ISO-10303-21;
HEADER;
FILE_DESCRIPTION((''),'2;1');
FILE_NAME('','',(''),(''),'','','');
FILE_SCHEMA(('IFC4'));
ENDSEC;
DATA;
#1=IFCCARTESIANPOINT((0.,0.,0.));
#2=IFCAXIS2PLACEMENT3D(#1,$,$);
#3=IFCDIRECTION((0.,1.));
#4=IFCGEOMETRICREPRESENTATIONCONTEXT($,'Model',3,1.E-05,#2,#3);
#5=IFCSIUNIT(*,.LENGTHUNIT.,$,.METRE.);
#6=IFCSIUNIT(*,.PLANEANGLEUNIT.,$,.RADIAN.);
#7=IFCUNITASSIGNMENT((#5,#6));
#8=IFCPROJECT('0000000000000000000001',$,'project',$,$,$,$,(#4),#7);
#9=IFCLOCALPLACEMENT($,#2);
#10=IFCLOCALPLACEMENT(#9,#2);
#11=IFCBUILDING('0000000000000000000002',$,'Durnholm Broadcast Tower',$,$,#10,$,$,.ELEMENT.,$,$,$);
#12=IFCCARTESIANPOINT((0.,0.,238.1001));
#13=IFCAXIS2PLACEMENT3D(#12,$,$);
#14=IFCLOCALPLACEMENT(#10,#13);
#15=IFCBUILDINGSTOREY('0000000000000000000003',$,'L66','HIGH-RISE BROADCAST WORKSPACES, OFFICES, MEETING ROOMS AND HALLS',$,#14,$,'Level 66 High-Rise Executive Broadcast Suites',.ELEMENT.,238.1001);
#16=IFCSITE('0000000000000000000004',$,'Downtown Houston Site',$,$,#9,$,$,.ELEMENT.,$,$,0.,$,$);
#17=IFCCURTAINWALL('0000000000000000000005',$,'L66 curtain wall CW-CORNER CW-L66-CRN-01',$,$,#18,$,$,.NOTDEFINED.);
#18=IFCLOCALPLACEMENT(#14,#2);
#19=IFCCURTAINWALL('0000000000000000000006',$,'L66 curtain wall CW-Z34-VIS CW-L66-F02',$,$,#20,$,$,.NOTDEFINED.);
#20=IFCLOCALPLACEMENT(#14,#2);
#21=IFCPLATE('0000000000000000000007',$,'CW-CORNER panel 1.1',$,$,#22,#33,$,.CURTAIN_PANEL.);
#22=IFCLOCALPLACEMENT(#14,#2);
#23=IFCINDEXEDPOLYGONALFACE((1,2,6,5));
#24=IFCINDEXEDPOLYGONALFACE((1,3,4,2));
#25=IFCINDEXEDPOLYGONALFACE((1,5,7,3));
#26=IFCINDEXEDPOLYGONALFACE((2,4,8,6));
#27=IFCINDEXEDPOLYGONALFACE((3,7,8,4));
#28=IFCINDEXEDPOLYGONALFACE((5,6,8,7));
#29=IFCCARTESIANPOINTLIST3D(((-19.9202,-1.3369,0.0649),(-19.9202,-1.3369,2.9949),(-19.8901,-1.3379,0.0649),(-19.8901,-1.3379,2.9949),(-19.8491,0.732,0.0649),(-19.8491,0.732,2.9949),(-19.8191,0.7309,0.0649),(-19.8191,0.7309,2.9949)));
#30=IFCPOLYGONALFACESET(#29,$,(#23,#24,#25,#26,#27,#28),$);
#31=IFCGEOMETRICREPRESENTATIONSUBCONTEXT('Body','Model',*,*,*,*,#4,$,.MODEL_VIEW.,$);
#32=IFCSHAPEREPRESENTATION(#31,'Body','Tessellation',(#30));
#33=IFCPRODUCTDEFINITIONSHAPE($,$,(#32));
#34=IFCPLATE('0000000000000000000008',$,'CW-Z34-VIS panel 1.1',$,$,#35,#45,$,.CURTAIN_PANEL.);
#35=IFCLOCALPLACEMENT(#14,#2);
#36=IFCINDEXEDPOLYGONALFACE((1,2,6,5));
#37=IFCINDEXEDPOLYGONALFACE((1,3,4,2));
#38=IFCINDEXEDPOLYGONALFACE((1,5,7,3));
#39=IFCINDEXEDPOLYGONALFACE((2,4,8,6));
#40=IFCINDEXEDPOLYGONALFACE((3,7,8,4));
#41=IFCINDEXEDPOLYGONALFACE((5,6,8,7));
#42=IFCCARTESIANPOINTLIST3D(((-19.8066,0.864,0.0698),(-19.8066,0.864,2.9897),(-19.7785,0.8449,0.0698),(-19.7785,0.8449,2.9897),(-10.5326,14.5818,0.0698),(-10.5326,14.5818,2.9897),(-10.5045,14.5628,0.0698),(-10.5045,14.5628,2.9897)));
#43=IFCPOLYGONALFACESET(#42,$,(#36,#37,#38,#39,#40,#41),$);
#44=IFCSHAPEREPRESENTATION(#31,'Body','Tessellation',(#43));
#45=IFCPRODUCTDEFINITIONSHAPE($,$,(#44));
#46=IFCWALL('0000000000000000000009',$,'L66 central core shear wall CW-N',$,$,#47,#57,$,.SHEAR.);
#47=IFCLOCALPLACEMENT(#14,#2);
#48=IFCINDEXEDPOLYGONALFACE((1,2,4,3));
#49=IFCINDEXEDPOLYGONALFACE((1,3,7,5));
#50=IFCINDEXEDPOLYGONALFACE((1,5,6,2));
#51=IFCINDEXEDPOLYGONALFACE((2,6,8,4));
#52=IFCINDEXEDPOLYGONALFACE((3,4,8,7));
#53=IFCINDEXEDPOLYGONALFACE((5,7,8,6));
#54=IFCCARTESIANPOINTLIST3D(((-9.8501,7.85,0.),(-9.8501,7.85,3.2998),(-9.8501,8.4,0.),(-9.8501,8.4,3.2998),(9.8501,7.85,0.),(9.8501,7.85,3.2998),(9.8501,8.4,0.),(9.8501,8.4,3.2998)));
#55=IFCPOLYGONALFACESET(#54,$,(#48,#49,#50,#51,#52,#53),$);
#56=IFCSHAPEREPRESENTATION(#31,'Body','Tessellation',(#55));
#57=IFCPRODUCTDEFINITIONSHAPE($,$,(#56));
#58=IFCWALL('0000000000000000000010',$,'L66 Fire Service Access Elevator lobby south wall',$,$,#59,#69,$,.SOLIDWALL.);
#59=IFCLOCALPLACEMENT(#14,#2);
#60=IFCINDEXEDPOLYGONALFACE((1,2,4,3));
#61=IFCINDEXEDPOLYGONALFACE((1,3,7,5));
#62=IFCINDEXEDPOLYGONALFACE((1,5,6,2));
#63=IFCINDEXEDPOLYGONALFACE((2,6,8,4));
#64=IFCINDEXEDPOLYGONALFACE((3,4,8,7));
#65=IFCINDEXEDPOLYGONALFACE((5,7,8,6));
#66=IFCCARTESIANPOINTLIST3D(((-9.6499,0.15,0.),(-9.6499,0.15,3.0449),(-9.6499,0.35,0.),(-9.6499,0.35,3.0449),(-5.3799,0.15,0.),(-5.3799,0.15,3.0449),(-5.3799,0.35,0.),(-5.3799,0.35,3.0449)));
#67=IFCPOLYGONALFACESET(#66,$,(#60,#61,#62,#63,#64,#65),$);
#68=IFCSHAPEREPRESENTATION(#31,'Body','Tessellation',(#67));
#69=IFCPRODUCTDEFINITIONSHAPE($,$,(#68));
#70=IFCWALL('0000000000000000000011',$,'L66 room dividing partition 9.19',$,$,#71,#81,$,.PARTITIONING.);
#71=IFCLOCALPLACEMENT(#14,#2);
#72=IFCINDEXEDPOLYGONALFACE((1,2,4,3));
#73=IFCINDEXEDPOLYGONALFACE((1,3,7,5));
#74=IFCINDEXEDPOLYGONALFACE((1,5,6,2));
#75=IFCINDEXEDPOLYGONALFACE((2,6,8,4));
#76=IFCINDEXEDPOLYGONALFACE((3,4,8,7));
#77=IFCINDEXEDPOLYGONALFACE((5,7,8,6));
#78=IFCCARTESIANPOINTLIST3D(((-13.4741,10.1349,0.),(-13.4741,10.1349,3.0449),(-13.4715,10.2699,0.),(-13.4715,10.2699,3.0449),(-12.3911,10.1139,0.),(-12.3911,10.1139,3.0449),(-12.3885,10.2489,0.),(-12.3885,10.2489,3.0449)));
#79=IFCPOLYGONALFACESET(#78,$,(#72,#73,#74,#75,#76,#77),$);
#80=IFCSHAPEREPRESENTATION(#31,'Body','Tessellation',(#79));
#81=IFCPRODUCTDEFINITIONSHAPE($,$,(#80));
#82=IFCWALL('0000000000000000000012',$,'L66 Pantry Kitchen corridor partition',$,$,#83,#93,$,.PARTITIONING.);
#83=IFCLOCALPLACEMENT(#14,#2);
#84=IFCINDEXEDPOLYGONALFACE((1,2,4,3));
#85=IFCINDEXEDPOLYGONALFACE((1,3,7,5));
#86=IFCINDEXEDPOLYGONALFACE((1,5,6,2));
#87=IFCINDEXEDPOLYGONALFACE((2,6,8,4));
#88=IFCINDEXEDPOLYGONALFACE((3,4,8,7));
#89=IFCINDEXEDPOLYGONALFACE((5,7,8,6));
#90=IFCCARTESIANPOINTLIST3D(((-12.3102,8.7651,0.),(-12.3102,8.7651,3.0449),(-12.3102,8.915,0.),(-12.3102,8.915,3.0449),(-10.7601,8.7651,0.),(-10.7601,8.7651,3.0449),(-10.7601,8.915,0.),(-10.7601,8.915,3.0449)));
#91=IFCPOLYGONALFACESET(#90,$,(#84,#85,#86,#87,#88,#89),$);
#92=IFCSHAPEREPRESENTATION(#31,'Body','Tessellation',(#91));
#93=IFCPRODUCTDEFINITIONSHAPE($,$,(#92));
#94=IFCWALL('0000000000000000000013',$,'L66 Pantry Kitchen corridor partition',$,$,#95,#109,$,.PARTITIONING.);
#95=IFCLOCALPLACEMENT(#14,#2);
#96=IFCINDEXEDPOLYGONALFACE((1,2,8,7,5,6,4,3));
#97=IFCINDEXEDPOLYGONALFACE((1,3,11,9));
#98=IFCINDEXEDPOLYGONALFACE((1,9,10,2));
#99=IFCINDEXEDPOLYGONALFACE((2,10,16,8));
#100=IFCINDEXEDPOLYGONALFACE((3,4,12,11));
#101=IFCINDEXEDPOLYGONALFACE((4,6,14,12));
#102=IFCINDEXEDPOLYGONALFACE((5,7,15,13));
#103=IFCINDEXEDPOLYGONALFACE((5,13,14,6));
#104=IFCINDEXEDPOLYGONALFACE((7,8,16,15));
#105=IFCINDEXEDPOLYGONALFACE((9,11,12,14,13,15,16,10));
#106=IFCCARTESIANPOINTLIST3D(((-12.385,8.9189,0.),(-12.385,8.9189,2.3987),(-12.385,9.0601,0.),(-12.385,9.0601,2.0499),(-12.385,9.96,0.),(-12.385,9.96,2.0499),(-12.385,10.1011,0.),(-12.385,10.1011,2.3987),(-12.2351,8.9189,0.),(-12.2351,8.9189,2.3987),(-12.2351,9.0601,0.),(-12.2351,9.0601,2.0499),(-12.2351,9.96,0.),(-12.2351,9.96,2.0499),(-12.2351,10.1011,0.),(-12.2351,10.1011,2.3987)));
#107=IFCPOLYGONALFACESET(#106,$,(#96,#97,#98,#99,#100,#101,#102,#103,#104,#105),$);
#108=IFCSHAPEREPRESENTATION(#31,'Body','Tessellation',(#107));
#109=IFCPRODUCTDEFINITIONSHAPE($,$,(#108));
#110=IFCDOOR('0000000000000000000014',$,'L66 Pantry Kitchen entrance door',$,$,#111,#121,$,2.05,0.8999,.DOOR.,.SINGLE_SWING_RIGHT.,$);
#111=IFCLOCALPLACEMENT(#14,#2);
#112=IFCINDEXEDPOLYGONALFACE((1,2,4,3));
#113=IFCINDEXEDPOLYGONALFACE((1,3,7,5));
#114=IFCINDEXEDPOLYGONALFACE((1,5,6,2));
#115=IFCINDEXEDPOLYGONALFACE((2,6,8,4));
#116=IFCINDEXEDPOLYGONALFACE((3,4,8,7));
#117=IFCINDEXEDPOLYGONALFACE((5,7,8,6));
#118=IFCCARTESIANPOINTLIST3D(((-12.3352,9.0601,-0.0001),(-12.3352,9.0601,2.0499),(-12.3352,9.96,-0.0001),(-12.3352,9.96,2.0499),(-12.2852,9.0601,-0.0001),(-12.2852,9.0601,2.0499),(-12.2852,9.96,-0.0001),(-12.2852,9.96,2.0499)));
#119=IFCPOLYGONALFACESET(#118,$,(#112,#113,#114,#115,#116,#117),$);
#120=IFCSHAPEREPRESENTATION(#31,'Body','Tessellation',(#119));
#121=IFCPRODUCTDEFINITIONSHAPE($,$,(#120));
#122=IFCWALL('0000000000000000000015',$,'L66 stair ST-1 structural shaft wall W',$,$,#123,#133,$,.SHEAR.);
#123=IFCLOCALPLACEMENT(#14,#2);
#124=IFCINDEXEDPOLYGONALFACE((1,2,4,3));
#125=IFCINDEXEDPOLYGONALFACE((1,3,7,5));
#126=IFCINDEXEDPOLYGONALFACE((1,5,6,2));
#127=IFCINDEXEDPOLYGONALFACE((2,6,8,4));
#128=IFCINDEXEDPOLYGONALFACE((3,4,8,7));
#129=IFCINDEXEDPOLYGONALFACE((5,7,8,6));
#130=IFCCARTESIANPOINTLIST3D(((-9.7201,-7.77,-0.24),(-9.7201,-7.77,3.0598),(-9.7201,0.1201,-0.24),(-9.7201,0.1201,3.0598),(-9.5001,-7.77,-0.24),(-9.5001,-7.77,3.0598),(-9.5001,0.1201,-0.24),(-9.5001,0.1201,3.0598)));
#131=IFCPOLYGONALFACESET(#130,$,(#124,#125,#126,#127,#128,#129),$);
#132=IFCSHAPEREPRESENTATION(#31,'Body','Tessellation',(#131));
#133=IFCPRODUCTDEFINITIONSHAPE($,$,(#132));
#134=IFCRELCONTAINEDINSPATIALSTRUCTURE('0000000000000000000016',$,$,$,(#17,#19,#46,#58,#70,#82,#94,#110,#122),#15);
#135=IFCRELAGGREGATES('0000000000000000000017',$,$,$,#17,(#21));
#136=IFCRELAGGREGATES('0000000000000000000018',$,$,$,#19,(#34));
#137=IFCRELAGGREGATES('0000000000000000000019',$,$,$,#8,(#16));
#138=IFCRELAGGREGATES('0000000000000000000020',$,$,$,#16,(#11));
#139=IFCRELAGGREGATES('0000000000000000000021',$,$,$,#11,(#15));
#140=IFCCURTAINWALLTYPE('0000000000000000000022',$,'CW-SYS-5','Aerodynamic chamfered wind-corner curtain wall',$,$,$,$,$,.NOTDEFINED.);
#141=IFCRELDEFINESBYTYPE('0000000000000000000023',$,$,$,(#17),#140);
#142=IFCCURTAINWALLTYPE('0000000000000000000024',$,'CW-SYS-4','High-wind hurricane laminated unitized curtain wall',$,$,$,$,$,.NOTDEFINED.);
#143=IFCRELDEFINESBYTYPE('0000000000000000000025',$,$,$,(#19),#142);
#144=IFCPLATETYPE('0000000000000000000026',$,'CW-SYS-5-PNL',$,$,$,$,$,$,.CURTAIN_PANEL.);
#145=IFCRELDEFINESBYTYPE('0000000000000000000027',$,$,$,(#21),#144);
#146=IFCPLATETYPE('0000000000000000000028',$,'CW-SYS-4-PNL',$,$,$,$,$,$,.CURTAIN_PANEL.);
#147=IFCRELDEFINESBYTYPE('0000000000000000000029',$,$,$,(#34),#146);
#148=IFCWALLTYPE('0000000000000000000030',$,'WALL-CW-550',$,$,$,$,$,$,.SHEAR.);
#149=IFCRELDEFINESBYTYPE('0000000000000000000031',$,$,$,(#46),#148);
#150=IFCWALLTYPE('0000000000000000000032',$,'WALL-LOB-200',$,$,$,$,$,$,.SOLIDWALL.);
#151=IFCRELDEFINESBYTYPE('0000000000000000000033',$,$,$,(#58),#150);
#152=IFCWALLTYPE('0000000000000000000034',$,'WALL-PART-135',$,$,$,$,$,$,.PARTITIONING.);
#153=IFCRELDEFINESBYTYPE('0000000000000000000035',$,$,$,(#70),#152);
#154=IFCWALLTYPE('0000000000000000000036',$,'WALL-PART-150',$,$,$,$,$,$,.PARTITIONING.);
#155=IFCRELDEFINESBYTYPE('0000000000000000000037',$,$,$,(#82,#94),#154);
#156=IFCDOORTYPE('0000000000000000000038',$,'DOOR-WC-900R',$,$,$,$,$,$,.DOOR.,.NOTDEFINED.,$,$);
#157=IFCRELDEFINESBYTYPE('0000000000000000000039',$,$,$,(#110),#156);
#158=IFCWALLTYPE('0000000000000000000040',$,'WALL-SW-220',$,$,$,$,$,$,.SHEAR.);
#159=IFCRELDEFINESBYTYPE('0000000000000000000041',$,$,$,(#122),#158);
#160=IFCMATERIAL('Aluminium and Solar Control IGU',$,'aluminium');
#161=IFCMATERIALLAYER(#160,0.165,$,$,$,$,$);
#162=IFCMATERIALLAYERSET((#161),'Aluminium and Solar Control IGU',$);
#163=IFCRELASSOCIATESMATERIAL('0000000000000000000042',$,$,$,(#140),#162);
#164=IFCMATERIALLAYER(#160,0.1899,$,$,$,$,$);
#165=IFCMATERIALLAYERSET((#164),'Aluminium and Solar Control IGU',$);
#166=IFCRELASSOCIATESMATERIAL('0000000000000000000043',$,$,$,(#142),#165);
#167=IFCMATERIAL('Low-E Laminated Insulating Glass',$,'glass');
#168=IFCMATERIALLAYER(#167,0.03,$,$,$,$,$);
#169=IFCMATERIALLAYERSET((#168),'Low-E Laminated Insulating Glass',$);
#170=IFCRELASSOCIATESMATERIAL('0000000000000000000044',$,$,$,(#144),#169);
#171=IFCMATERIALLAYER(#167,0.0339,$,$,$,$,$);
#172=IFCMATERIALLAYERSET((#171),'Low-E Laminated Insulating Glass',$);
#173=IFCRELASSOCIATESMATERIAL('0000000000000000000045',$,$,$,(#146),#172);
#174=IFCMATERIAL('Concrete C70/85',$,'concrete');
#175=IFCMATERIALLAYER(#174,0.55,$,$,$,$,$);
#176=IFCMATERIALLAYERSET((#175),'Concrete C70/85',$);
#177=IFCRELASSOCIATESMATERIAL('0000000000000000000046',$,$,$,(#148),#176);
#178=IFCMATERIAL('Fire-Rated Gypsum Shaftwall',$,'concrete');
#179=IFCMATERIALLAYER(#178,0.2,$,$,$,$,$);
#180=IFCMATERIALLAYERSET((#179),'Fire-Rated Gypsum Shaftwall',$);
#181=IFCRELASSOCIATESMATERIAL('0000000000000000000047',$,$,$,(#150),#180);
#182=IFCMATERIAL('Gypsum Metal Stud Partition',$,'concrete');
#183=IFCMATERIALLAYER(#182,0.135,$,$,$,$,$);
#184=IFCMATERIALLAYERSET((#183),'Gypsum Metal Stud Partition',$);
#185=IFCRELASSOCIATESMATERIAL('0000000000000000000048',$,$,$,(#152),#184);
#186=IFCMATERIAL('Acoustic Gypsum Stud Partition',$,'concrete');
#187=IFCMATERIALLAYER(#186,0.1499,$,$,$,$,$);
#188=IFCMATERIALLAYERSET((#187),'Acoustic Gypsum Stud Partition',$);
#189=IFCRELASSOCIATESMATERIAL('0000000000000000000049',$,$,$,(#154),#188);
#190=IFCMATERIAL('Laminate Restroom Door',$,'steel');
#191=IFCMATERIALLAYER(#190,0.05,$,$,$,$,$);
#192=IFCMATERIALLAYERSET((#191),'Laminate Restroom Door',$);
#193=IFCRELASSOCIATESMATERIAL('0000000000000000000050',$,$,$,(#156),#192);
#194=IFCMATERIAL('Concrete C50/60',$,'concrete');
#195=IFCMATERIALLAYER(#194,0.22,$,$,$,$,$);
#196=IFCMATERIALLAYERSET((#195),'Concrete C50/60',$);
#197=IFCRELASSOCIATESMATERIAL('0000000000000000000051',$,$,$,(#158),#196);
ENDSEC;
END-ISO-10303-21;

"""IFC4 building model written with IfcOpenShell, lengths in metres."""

from ifc_helpers import new_model, si_unit, direction, frame, frame_2d, origin, origin_2d, place, context, subcontext, project, spatial, rectangle, extrude, source, transform, mapped, material, layer, layer_set, type_object, type_shapes, element, fill, aggregate, save


model = new_model("IFC4")

# Units and contexts
model_context = context("Model", 3, precision=1e-05, world=origin(), true_north=direction((0.0, 1.0)))
body_context = subcontext(model_context, "Body", "Model", "MODEL_VIEW")
ifc_project = project(units=[si_unit("LENGTHUNIT", "METRE"), si_unit("PLANEANGLEUNIT", "RADIAN")], contexts=[model_context])

# Site, building, storey
site_placement = place(None, origin())
site = spatial("IfcSite", under=ifc_project, at=site_placement, Name="Downtown Houston Site", CompositionType="ELEMENT", RefElevation=0.0)
building_placement = place(site_placement, origin())
building = spatial("IfcBuilding", under=site, at=building_placement, Name="Durnholm Broadcast Tower", CompositionType="ELEMENT")
storey_placement = place(building_placement, frame((0.0, 0.0, 238.1001)))
storey = spatial("IfcBuildingStorey", under=building, at=storey_placement, Name="L66", Description="HIGH-RISE BROADCAST WORKSPACES, OFFICES, MEETING ROOMS AND HALLS", LongName="Level 66 High-Rise Executive Broadcast Suites", CompositionType="ELEMENT", Elevation=238.1001)

# Shared definitions
ifc_material_1 = material(Name="Concrete C70/85", Category="concrete")

# Shared definitions
ifc_material_2 = material(Name="Aluminium and Solar Control IGU", Category="aluminium")
ifc_layer_1 = layer(ifc_material_2, 0.165)
ifc_layer_set_1 = layer_set([ifc_layer_1], Name="Aluminium and Solar Control IGU")
curtain_wall_type_1 = type_object("IfcCurtainWallType", Name="CW-SYS-5", Description="Aerodynamic chamfered wind-corner curtain wall", PredefinedType="NOTDEFINED", material=ifc_layer_set_1)

# Curtain wall
curtain_wall_1_placement = place(storey_placement, origin())
curtain_wall_1 = element("IfcCurtainWall", 1, at=curtain_wall_1_placement, inside=storey, type_object=curtain_wall_type_1, Name="L66 curtain wall CW-CORNER CW-L66-CRN-01", PredefinedType="NOTDEFINED")

# Curtain wall
ifc_layer_2 = layer(ifc_material_2, 0.1899)
ifc_layer_set_2 = layer_set([ifc_layer_2], Name="Aluminium and Solar Control IGU")
curtain_wall_type_2 = type_object("IfcCurtainWallType", Name="CW-SYS-4", Description="High-wind hurricane laminated unitized curtain wall", PredefinedType="NOTDEFINED", material=ifc_layer_set_2)
curtain_wall_2_placement = place(storey_placement, origin())
curtain_wall_2 = element("IfcCurtainWall", 2, at=curtain_wall_2_placement, inside=storey, type_object=curtain_wall_type_2, Name="L66 curtain wall CW-Z34-VIS CW-L66-F02", PredefinedType="NOTDEFINED")

# Plates
ifc_material_3 = material(Name="Low-E Laminated Insulating Glass", Category="glass")
ifc_layer_3 = layer(ifc_material_3, 0.03)
ifc_layer_set_3 = layer_set([ifc_layer_3], Name="Low-E Laminated Insulating Glass")
plate_type_1 = type_object("IfcPlateType", Name="CW-SYS-5-PNL", PredefinedType="CURTAIN_PANEL", material=ifc_layer_set_3)
shared_shape_1 = source(origin(), body_context, "Body", "SweptSolid", [
    extrude(rectangle(XDim=2.0701, YDim=0.03, at=origin_2d()), origin(), (0.0, 0.0, 1.0), 2.9299),
])
type_shapes(plate_type_1, [shared_shape_1])
plate_1_placement = place(storey_placement, frame((-19.8696, -0.303, 0.0649), z_axis=(0.0, 0.0, 1.0), x_axis=(0.034318, 0.999411, 0.0)))
plate_1 = element("IfcPlate", 3, at=plate_1_placement, type_object=plate_type_1, Name="CW-CORNER panel 1.1", PredefinedType="CURTAIN_PANEL", context=body_context, shape_type="MappedRepresentation", body=[
    mapped(shared_shape_1, transform((0.0, 0.0, 0.0), x_axis=(1.0, 0.0, 0.0), y_axis=(0.0, 1.0, 0.0), z_axis=(0.0, 0.0, 1.0), scale=1.0)),
])
aggregate(curtain_wall_1, [plate_1])
ifc_layer_4 = layer(ifc_material_3, 0.0339)
ifc_layer_set_4 = layer_set([ifc_layer_4], Name="Low-E Laminated Insulating Glass")
plate_type_2 = type_object("IfcPlateType", Name="CW-SYS-4-PNL", PredefinedType="CURTAIN_PANEL", material=ifc_layer_set_4)
shared_shape_2 = source(origin(), body_context, "Body", "SweptSolid", [
    extrude(rectangle(XDim=16.5586, YDim=0.0339, at=origin_2d()), origin(), (0.0, 0.0, 1.0), 2.9199),
])
type_shapes(plate_type_2, [shared_shape_2])
plate_2_placement = place(storey_placement, frame((-15.1555, 7.7134, 0.0698), z_axis=(0.0, 0.0, 1.0), x_axis=(0.560073, 0.828443, 0.0)))
plate_2 = element("IfcPlate", 4, at=plate_2_placement, type_object=plate_type_2, Name="CW-Z34-VIS panel 1.1", PredefinedType="CURTAIN_PANEL", context=body_context, shape_type="MappedRepresentation", body=[
    mapped(shared_shape_2, transform((0.0, 0.0, 0.0), x_axis=(1.0, 0.0, 0.0), y_axis=(0.0, 1.0, 0.0), z_axis=(0.0, 0.0, 1.0), scale=1.0)),
])
aggregate(curtain_wall_2, [plate_2])

# Walls
ifc_layer_5 = layer(ifc_material_1, 0.55)
ifc_layer_set_5 = layer_set([ifc_layer_5], Name="Concrete C70/85")
wall_type_1 = type_object("IfcWallType", Name="WALL-CW-550", PredefinedType="SHEAR", material=ifc_layer_set_5)
wall_1_placement = place(storey_placement, frame((-9.8501, 8.125, 0.0), z_axis=(0.0, 0.0, 1.0), x_axis=(1.0, 0.0, 0.0)))
element("IfcWall", 5, at=wall_1_placement, inside=storey, type_object=wall_type_1, Name="L66 central core shear wall CW-N", PredefinedType="SHEAR", context=body_context, shape_type="SweptSolid", body=[
    extrude(rectangle(XDim=19.7002, YDim=0.55, at=frame_2d((9.8501, 0.0))), origin(), (0.0, 0.0, 1.0), 3.2998),
])
ifc_material_4 = material(Name="Fire-Rated Gypsum Shaftwall", Category="concrete")
ifc_layer_6 = layer(ifc_material_4, 0.2)
ifc_layer_set_6 = layer_set([ifc_layer_6], Name="Fire-Rated Gypsum Shaftwall")
wall_type_2 = type_object("IfcWallType", Name="WALL-LOB-200", PredefinedType="SOLIDWALL", material=ifc_layer_set_6)
wall_2_placement = place(storey_placement, frame((-9.6499, 0.25, 0.0), z_axis=(0.0, 0.0, 1.0), x_axis=(1.0, 0.0, 0.0)))
element("IfcWall", 6, at=wall_2_placement, inside=storey, type_object=wall_type_2, Name="L66 Fire Service Access Elevator lobby south wall", PredefinedType="SOLIDWALL", context=body_context, shape_type="SweptSolid", body=[
    extrude(rectangle(XDim=4.27, YDim=0.2, at=frame_2d((2.135, 0.0))), origin(), (0.0, 0.0, 1.0), 3.0449),
])
ifc_material_5 = material(Name="Gypsum Metal Stud Partition", Category="concrete")
ifc_layer_7 = layer(ifc_material_5, 0.135)
ifc_layer_set_7 = layer_set([ifc_layer_7], Name="Gypsum Metal Stud Partition")
wall_type_3 = type_object("IfcWallType", Name="WALL-PART-135", PredefinedType="PARTITIONING", material=ifc_layer_set_7)
wall_3_placement = place(storey_placement, frame((-12.3899, 10.1814, 0.0), z_axis=(0.0, 0.0, 1.0), x_axis=(-0.999812, 0.019383, 0.0)))
element("IfcWall", 7, at=wall_3_placement, inside=storey, type_object=wall_type_3, Name="L66 room dividing partition 9.19", PredefinedType="PARTITIONING", context=body_context, shape_type="SweptSolid", body=[
    extrude(rectangle(XDim=1.0833, YDim=0.135, at=frame_2d((0.5415, 0.0))), origin(), (0.0, 0.0, 1.0), 3.0449),
])
ifc_material_6 = material(Name="Acoustic Gypsum Stud Partition", Category="concrete")
ifc_layer_8 = layer(ifc_material_6, 0.1499)
ifc_layer_set_8 = layer_set([ifc_layer_8], Name="Acoustic Gypsum Stud Partition")
wall_type_4 = type_object("IfcWallType", Name="WALL-PART-150", PredefinedType="PARTITIONING", material=ifc_layer_set_8)
wall_4_placement = place(storey_placement, frame((-12.3101, 8.8401, 0.0), z_axis=(0.0, 0.0, 1.0), x_axis=(1.0, 0.0, 0.0)))
element("IfcWall", 8, at=wall_4_placement, inside=storey, type_object=wall_type_4, Name="L66 Pantry Kitchen corridor partition", PredefinedType="PARTITIONING", context=body_context, shape_type="SweptSolid", body=[
    extrude(rectangle(XDim=1.55, YDim=0.1499, at=frame_2d((0.7749, 0.0))), origin(), (0.0, 0.0, 1.0), 3.0449),
])

# Wall, opening, door
wall_5_placement = place(storey_placement, frame((-12.3101, 10.1011, 0.0), z_axis=(0.0, 0.0, 1.0), x_axis=(0.0, -1.0, 0.0)))
wall_5 = element("IfcWall", 9, at=wall_5_placement, inside=storey, type_object=wall_type_4, Name="L66 Pantry Kitchen corridor partition", PredefinedType="PARTITIONING", context=body_context, shape_type="SweptSolid", body=[
    extrude(rectangle(XDim=1.1821, YDim=0.1499, at=frame_2d((0.5911, 0.0))), origin(), (0.0, 0.0, 1.0), 2.3987),
])
opening_1_placement = place(wall_5_placement, frame((0.1411, 0.0, 0.0)))
opening_1 = element("IfcOpeningElement", 10, at=opening_1_placement, cuts=wall_5, PredefinedType="OPENING", context=body_context, shape_type="SweptSolid", body=[
    extrude(rectangle(XDim=0.8999, YDim=2.05, at=frame_2d((0.45, 1.0249))), frame((0.0, 0.085, 0.0), z_axis=(0.0, -1.0, 0.0), x_axis=(1.0, 0.0, 0.0)), (0.0, 0.0, 1.0), 0.1699),
])
ifc_material_7 = material(Name="Laminate Restroom Door", Category="steel")
ifc_layer_9 = layer(ifc_material_7, 0.05)
ifc_layer_set_9 = layer_set([ifc_layer_9], Name="Laminate Restroom Door")
door_type_1 = type_object("IfcDoorType", Name="DOOR-WC-900R", OperationType="NOTDEFINED", PredefinedType="DOOR", material=ifc_layer_set_9)
shared_shape_3 = source(origin(), body_context, "Body", "SweptSolid", [
    extrude(rectangle(XDim=0.8999, YDim=2.05, at=frame_2d((0.45, 1.0249))), frame((0.0, 0.0249, 0.0), z_axis=(0.0, -1.0, 0.0), x_axis=(1.0, 0.0, 0.0)), (0.0, 0.0, 1.0), 0.05),
])
type_shapes(door_type_1, [shared_shape_3])
door_1_placement = place(opening_1_placement, origin())
door_1 = element("IfcDoor", 11, at=door_1_placement, inside=storey, type_object=door_type_1, Name="L66 Pantry Kitchen entrance door", OperationType="SINGLE_SWING_RIGHT", OverallHeight=2.05, OverallWidth=0.8999, PredefinedType="DOOR", context=body_context, shape_type="MappedRepresentation", body=[
    mapped(shared_shape_3, transform((0.0, 0.0, 0.0), x_axis=(1.0, 0.0, 0.0), y_axis=(0.0, 1.0, 0.0), z_axis=(0.0, 0.0, 1.0), scale=1.0)),
])
fill(opening_1, door_1)

# Wall
ifc_material_8 = material(Name="Concrete C50/60", Category="concrete")
ifc_layer_10 = layer(ifc_material_8, 0.22)
ifc_layer_set_10 = layer_set([ifc_layer_10], Name="Concrete C50/60")
wall_type_5 = type_object("IfcWallType", Name="WALL-SW-220", PredefinedType="SHEAR", material=ifc_layer_set_10)
wall_6_placement = place(storey_placement, frame((-9.6101, 0.1201, -0.24), z_axis=(0.0, 0.0, 1.0), x_axis=(0.0, -1.0, 0.0)))
element("IfcWall", 12, at=wall_6_placement, inside=storey, type_object=wall_type_5, Name="L66 stair ST-1 structural shaft wall W", PredefinedType="SHEAR", context=body_context, shape_type="SweptSolid", body=[
    extrude(rectangle(XDim=7.8901, YDim=0.22, at=frame_2d((3.9451, 0.0))), origin(), (0.0, 0.0, 1.0), 3.2998),
])

save(model, "model.ifc")
